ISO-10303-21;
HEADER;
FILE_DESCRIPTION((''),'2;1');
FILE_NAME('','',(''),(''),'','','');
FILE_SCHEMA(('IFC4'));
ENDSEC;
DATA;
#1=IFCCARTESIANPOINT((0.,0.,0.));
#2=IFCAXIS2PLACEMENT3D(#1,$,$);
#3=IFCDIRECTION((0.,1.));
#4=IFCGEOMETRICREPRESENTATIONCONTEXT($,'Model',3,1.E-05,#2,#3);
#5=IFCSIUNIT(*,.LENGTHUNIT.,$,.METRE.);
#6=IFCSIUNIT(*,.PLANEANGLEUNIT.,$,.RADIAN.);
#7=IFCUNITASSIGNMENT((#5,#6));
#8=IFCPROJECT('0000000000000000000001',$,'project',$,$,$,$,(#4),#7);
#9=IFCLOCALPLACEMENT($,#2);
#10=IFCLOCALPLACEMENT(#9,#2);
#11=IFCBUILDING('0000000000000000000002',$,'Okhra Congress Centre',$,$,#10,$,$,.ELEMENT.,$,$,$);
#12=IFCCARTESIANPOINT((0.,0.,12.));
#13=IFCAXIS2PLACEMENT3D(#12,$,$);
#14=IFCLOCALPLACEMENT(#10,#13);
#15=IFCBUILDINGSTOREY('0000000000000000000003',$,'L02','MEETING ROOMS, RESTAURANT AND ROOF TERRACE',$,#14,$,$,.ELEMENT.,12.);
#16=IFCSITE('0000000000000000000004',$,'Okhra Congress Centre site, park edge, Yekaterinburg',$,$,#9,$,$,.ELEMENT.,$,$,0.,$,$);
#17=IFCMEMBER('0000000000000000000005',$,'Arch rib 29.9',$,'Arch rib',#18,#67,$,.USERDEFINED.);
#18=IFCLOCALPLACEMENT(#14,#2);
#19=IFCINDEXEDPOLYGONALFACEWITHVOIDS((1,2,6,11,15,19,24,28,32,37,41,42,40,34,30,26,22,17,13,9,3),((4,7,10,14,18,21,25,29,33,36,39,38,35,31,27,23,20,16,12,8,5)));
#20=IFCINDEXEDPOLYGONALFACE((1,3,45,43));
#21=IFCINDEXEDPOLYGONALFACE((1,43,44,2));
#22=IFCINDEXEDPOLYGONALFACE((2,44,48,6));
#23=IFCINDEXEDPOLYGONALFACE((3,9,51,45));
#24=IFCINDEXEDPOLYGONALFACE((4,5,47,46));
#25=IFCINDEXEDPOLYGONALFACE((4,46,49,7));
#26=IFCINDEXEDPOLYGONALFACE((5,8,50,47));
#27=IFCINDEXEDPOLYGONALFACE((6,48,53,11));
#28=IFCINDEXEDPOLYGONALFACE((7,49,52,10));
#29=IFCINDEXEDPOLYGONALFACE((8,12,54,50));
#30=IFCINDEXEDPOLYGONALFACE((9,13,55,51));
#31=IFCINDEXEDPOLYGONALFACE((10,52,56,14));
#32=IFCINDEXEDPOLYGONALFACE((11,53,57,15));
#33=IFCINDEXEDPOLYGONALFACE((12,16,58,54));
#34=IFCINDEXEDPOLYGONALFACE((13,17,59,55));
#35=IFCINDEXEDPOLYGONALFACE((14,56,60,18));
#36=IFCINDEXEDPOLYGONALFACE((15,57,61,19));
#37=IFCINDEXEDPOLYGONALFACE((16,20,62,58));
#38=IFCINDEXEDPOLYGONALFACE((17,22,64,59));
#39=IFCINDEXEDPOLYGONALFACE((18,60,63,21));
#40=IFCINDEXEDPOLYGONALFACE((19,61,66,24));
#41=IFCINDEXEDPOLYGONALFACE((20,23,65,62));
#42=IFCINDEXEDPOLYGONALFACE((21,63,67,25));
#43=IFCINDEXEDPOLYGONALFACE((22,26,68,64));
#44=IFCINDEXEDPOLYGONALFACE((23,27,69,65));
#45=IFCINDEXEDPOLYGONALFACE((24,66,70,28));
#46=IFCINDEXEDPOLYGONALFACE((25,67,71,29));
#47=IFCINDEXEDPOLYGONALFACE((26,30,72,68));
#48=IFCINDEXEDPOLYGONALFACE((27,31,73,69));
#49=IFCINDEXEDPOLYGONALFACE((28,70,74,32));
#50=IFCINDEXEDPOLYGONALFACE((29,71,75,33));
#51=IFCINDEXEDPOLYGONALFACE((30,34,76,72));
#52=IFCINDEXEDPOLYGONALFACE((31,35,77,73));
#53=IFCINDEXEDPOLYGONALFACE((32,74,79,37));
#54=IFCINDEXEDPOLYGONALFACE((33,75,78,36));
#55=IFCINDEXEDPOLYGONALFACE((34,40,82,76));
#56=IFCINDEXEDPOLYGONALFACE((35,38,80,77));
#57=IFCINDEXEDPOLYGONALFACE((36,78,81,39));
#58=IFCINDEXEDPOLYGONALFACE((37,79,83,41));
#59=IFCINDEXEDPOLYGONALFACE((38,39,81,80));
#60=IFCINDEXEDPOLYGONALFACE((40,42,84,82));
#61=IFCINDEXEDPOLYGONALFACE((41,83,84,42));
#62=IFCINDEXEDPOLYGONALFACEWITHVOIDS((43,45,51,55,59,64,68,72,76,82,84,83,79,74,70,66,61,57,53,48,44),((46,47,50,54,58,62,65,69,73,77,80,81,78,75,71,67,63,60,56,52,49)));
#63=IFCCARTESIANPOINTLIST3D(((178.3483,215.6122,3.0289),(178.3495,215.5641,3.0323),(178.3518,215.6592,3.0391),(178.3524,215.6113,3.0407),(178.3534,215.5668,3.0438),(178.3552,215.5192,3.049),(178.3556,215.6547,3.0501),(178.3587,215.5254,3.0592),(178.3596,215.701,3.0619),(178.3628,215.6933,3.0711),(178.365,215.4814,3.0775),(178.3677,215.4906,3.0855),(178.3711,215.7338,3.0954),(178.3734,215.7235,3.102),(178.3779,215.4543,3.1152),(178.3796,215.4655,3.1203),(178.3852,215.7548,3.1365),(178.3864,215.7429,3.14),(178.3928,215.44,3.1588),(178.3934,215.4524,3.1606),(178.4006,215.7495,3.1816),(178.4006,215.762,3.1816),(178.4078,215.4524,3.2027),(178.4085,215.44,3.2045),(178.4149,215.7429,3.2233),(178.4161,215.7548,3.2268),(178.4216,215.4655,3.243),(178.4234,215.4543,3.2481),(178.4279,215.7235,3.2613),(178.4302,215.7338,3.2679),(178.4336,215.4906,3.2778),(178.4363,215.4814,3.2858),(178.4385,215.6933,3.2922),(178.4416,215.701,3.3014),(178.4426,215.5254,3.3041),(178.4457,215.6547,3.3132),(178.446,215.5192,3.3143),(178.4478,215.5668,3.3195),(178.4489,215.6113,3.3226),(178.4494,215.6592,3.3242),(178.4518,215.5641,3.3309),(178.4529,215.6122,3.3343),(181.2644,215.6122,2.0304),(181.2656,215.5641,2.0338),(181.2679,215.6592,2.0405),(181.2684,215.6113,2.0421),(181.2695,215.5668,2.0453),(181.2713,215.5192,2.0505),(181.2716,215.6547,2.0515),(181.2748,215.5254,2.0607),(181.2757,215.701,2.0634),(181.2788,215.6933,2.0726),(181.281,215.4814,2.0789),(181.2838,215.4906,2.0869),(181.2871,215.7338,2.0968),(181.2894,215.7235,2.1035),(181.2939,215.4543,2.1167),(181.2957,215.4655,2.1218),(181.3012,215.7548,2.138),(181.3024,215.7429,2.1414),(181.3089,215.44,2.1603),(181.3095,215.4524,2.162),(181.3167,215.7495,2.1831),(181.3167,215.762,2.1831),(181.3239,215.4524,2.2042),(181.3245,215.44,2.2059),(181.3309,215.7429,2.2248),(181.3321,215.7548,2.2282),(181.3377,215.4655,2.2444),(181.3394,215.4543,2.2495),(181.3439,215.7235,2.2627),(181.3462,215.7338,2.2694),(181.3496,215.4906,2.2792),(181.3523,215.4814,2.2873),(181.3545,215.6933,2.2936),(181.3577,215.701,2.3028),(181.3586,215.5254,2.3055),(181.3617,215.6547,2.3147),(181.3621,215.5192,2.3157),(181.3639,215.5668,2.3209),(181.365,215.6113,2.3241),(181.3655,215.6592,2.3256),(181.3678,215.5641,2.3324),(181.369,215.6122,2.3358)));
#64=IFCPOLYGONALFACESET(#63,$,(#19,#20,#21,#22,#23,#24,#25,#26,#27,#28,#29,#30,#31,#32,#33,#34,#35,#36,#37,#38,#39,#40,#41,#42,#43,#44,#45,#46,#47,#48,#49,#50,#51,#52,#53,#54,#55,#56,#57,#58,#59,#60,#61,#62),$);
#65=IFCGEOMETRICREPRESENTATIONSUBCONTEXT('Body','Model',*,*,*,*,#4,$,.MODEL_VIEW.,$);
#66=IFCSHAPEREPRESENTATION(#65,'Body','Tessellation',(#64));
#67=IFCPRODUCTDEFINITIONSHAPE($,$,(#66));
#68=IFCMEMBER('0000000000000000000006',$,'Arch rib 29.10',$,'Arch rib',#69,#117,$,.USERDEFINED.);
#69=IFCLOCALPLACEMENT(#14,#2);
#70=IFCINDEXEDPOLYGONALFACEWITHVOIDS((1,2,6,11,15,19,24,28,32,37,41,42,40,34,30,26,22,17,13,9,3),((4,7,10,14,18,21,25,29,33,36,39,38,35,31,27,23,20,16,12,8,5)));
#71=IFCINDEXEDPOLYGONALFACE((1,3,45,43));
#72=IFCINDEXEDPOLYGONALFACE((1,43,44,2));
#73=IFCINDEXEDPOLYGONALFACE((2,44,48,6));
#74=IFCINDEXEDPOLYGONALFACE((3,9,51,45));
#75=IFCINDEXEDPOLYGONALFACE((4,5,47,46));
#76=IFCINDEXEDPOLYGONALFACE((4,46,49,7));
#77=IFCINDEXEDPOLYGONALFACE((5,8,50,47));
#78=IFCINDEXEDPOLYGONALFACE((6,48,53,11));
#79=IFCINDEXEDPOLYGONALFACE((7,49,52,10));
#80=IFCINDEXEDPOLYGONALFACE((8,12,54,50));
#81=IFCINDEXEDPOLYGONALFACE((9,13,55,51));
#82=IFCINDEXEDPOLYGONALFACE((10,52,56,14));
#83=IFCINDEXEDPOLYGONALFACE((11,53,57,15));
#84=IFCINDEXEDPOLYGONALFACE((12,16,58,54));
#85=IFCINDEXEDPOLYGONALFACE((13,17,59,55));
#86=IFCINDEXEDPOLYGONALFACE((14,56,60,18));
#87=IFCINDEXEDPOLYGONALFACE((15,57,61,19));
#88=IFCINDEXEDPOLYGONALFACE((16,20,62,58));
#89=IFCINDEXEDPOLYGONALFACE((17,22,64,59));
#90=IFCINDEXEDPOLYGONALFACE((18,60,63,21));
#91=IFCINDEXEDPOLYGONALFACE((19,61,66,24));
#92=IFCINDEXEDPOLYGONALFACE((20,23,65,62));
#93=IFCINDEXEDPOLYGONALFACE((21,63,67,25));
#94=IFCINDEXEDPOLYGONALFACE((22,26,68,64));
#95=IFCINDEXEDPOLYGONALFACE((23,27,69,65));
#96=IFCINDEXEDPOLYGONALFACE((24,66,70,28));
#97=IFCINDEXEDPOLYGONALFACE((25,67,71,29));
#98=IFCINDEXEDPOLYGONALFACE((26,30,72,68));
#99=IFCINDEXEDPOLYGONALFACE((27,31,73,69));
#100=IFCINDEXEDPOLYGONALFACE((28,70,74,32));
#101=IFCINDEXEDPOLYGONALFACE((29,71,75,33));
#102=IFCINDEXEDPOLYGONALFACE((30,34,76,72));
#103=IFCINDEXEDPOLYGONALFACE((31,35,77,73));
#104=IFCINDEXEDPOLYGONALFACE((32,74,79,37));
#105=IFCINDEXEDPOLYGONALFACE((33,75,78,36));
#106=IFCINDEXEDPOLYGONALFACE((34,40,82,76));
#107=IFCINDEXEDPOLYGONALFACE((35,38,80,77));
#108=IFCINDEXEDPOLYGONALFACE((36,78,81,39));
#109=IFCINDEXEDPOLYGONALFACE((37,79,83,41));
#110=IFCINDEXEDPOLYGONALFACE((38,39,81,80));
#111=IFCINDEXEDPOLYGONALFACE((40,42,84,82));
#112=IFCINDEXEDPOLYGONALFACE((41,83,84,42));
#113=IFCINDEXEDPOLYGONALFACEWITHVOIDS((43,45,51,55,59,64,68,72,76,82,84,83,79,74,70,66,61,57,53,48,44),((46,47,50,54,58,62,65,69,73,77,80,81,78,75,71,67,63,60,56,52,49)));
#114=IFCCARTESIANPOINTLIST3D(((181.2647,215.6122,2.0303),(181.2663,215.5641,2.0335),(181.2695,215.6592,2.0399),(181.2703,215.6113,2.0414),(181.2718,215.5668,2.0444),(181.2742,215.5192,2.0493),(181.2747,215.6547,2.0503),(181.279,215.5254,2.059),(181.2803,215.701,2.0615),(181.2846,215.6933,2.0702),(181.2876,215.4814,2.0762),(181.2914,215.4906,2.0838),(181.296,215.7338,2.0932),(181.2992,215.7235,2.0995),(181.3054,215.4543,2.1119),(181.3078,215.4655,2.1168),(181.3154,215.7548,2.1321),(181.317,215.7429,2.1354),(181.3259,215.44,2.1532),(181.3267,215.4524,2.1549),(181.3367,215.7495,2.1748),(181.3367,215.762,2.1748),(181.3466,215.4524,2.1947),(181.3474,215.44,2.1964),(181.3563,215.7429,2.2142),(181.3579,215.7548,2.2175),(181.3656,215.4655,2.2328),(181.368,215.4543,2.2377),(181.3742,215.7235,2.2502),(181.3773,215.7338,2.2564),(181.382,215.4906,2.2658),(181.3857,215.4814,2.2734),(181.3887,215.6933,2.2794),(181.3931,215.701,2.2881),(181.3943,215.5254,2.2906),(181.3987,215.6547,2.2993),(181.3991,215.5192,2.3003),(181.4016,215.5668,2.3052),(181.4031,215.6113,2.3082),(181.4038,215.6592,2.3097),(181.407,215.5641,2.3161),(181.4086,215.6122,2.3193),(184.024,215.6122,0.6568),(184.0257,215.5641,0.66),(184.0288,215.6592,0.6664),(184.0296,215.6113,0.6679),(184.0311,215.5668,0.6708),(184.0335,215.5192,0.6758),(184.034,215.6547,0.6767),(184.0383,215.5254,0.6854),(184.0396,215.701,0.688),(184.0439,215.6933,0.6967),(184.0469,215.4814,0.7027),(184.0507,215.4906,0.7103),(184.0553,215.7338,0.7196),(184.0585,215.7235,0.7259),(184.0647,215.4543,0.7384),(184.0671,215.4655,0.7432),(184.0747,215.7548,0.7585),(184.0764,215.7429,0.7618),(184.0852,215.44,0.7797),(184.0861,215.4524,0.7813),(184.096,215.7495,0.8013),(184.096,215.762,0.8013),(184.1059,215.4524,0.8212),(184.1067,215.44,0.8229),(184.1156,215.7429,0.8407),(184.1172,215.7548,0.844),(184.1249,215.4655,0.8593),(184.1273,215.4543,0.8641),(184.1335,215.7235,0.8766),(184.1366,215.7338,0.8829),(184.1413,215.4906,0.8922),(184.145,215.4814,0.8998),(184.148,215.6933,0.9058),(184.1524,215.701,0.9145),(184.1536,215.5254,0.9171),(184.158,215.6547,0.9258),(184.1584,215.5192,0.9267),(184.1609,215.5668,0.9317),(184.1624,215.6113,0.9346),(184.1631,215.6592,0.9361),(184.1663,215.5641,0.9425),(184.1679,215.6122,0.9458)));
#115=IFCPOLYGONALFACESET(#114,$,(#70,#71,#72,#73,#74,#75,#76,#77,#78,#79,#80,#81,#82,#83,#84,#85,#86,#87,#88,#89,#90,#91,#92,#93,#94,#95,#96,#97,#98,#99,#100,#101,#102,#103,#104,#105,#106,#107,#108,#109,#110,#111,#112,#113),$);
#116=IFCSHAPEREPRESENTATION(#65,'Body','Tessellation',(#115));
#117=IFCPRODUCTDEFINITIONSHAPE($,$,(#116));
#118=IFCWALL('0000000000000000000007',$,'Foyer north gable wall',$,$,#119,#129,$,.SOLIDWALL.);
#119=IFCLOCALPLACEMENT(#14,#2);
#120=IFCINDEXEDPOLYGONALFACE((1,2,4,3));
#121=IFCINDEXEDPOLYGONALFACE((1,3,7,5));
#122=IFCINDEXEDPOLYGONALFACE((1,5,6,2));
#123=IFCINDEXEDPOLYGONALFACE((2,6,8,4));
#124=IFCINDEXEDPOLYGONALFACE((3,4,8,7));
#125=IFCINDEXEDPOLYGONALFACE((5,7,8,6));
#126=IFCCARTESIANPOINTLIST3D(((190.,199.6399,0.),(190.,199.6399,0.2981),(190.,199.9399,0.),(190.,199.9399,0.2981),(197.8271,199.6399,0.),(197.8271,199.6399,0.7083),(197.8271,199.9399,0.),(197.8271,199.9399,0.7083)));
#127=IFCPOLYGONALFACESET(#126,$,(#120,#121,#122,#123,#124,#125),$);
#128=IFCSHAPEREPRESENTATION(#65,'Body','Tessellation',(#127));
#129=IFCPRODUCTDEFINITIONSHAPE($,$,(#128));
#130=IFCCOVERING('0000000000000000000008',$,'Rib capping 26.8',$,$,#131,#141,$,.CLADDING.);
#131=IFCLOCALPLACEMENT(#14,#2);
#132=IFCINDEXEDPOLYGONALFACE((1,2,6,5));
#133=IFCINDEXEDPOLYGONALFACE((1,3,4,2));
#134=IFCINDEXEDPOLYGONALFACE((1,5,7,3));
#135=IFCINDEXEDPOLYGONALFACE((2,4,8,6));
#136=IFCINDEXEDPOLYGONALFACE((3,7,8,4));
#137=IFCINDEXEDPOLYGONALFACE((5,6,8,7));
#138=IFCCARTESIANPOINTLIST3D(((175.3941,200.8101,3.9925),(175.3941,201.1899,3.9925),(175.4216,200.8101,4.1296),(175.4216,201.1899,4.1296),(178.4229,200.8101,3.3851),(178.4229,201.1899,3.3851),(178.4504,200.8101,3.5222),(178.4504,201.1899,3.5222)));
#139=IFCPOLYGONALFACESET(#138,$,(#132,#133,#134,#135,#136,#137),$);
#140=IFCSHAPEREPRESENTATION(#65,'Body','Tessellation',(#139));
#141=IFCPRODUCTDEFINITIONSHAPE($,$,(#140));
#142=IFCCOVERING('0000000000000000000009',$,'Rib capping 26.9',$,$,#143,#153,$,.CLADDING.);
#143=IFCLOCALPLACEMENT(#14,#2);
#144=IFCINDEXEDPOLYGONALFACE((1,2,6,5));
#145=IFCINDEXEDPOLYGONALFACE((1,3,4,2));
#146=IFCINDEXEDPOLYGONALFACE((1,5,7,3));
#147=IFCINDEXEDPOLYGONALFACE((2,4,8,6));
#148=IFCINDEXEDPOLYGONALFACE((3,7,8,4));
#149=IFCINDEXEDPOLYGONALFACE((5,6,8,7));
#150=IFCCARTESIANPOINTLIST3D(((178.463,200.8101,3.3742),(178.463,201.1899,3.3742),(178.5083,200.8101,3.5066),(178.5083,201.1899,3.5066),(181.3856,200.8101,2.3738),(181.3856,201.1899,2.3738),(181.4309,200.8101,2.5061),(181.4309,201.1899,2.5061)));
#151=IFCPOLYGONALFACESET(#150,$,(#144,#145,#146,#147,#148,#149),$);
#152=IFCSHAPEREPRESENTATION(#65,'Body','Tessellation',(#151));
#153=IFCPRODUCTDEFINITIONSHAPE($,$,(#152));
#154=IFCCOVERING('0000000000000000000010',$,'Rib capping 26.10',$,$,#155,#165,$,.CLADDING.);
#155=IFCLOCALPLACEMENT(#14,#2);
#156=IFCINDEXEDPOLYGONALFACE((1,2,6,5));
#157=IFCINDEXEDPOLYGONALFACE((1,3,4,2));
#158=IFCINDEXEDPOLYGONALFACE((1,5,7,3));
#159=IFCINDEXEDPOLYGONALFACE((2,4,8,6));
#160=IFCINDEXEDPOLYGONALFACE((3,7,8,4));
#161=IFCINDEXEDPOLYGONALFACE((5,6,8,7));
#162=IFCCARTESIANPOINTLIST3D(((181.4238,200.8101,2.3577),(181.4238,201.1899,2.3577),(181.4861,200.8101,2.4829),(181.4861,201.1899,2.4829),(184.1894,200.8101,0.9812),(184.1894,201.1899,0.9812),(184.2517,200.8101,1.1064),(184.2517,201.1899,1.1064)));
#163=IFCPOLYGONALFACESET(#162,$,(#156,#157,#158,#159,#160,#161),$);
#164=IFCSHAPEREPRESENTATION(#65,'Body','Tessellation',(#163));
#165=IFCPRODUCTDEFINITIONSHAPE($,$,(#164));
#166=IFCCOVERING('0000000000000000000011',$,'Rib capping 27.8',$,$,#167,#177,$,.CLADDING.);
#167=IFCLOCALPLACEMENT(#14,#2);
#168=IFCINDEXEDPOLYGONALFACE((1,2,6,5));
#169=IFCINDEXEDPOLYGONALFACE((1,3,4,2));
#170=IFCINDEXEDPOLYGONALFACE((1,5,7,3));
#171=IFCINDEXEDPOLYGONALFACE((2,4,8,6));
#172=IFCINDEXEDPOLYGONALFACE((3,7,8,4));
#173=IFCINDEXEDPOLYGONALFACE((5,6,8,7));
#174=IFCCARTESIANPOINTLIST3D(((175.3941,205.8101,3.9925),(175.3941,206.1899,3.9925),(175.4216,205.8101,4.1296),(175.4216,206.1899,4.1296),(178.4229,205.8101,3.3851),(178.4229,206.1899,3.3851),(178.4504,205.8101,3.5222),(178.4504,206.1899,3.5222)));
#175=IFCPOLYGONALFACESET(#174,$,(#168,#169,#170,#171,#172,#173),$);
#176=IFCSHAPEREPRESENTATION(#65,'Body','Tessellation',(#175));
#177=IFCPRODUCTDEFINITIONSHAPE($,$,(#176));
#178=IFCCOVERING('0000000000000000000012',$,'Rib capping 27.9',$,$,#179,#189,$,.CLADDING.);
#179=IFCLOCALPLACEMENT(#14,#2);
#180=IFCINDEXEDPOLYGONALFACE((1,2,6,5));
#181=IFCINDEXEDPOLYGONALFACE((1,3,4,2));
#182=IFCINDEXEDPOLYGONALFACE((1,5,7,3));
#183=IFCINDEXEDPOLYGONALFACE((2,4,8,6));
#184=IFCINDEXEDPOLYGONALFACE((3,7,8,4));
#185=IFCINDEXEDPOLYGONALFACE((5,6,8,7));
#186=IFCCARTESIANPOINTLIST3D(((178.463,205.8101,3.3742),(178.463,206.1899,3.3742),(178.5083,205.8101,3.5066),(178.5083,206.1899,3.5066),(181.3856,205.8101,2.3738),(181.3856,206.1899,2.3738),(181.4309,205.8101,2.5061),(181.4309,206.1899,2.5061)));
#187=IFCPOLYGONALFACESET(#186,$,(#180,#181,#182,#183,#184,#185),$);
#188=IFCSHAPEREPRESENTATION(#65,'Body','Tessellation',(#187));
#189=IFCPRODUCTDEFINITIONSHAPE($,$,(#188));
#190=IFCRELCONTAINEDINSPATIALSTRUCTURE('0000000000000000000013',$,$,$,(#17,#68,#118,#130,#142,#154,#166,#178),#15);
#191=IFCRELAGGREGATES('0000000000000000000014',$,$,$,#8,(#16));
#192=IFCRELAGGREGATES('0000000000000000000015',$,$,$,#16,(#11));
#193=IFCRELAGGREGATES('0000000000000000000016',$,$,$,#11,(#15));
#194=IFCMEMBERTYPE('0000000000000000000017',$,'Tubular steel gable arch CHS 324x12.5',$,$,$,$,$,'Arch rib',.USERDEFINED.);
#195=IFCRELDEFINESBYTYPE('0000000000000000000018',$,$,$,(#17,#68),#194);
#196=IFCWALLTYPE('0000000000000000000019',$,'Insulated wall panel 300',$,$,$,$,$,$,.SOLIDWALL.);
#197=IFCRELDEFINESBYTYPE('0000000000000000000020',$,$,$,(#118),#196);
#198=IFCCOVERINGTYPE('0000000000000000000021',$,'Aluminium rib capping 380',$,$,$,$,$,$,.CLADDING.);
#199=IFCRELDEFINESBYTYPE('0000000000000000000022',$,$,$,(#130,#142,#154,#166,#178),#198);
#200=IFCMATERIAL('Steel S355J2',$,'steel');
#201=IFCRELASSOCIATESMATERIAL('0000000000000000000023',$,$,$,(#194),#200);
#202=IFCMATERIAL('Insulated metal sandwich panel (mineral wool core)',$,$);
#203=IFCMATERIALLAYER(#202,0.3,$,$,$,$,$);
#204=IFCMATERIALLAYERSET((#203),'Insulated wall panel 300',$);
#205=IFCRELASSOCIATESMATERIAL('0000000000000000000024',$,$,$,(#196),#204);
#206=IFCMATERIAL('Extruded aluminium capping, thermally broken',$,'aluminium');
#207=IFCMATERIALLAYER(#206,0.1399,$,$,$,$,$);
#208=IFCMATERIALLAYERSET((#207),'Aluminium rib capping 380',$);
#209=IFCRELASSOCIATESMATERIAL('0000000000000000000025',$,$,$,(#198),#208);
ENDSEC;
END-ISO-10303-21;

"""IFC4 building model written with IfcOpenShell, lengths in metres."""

from ifc_helpers import new_model, si_unit, direction, frame, origin, origin_2d, place, context, subcontext, project, spatial, polyline, hollow_circle, outline, extrude, material, layer, layer_set, material_profile, profile_set, type_object, element, save


model = new_model("IFC4")

# Units and contexts
model_context = context("Model", 3, precision=1e-05, world=origin(), true_north=direction((0.0, 1.0)))
body_context = subcontext(model_context, "Body", "Model", "MODEL_VIEW")
ifc_project = project(units=[si_unit("LENGTHUNIT", "METRE"), si_unit("PLANEANGLEUNIT", "RADIAN")], contexts=[model_context])

# Site, building, storey
site_placement = place(None, origin())
site = spatial("IfcSite", under=ifc_project, at=site_placement, Name="Okhra Congress Centre site, park edge, Yekaterinburg", CompositionType="ELEMENT", RefElevation=0.0)
building_placement = place(site_placement, origin())
building = spatial("IfcBuilding", under=site, at=building_placement, Name="Okhra Congress Centre", CompositionType="ELEMENT")
storey_placement = place(building_placement, frame((0.0, 0.0, 12.0)))
storey = spatial("IfcBuildingStorey", under=building, at=storey_placement, Name="L02", Description="MEETING ROOMS, RESTAURANT AND ROOF TERRACE", CompositionType="ELEMENT", Elevation=12.0)

# Members
ifc_material_1 = material(Name="Steel S355J2", Category="steel")
ifc_material_profile_1 = material_profile(ifc_material_1, hollow_circle(Radius=0.1619, WallThickness=0.0125, at=origin_2d()), Name="CHS 323.9x12.5")
ifc_profile_set_1 = profile_set([ifc_material_profile_1], Name="Steel S355J2")
member_type_1 = type_object("IfcMemberType", Name="Tubular steel gable arch CHS 324x12.5", ElementType="Arch rib", PredefinedType="USERDEFINED", material=ifc_profile_set_1)
for number, where, z_axis, x_axis, name in (
    (1, (178.4006, 215.6001, 3.1816), (0.946069, 0.0, -0.323964), (0.0, 1.0, 0.0), "Arch rib 29.9"),
    (2, (181.3367, 215.6001, 2.1748), (0.895218, 0.0, -0.445629), (0.0, 1.0, 0.0), "Arch rib 29.10"),
):
    element("IfcMember", number, at=place(storey_placement, frame(where, z_axis=z_axis, x_axis=x_axis)), inside=storey, type_object=member_type_1, Name=name, ObjectType="Arch rib", PredefinedType="USERDEFINED", context=body_context, shape_type="SweptSolid", body=[
        extrude(hollow_circle(Radius=0.1619, WallThickness=0.0125, at=origin_2d()), origin(), (0.0, 0.0, 1.0), 3.0823),
    ])

# Wall
ifc_material_2 = material(Name="Insulated metal sandwich panel (mineral wool core)")
ifc_layer_1 = layer(ifc_material_2, 0.3)
ifc_layer_set_1 = layer_set([ifc_layer_1], Name="Insulated wall panel 300")
wall_type = type_object("IfcWallType", Name="Insulated wall panel 300", PredefinedType="SOLIDWALL", material=ifc_layer_set_1)
wall_placement = place(storey_placement, frame((190.0, 199.79, 0.0), z_axis=(0.0, 0.0, 1.0), x_axis=(1.0, 0.0, 0.0)))
element("IfcWall", 3, at=wall_placement, inside=storey, type_object=wall_type, Name="Foyer north gable wall", PredefinedType="SOLIDWALL", context=body_context, shape_type="SweptSolid", body=[
    extrude(outline(polyline([(0.0, 0.0), (7.8271, 0.0), (7.8271, 0.7083), (0.0, 0.2981), (0.0, 0.0)])), frame((0.0, 0.1499, 0.0), z_axis=(0.0, -1.0, 0.0), x_axis=(1.0, 0.0, 0.0)), (0.0, 0.0, 1.0), 0.3),
])

# Coverings
ifc_material_3 = material(Name="Extruded aluminium capping, thermally broken", Category="aluminium")
ifc_layer_2 = layer(ifc_material_3, 0.1399)
ifc_layer_set_2 = layer_set([ifc_layer_2], Name="Aluminium rib capping 380")
covering_type = type_object("IfcCoveringType", Name="Aluminium rib capping 380", PredefinedType="CLADDING", material=ifc_layer_set_2)
covering_1_placement = place(storey_placement, frame((175.4216, 200.8101, 4.1296), z_axis=(0.196633, 0.0, 0.980477), x_axis=(0.980477, 0.0, -0.196633)))
element("IfcCovering", 4, at=covering_1_placement, inside=storey, type_object=covering_type, Name="Rib capping 26.8", PredefinedType="CLADDING", context=body_context, shape_type="SweptSolid", body=[
    extrude(outline(polyline([(0.0, 0.0), (3.0891, 0.0), (3.0891, 0.3799), (0.0, 0.3799), (0.0, 0.0)])), origin(), (0.0, 0.0, -1.0), 0.1399),
])
covering_2_placement = place(storey_placement, frame((178.5083, 200.8101, 3.5066), z_axis=(0.323876, 0.0, 0.9461), x_axis=(0.9461, 0.0, -0.323876)))
element("IfcCovering", 5, at=covering_2_placement, inside=storey, type_object=covering_type, Name="Rib capping 26.9", PredefinedType="CLADDING", context=body_context, shape_type="SweptSolid", body=[
    extrude(outline(polyline([(0.0, 0.0), (3.0891, 0.0), (3.0891, 0.3799), (0.0, 0.3799), (0.0, 0.0)])), origin(), (0.0, 0.0, -1.0), 0.1399),
])
covering_3_placement = place(storey_placement, frame((181.4861, 200.8101, 2.4829), z_axis=(0.445569, 0.0, 0.895248), x_axis=(0.895248, 0.0, -0.445569)))
element("IfcCovering", 6, at=covering_3_placement, inside=storey, type_object=covering_type, Name="Rib capping 26.10", PredefinedType="CLADDING", context=body_context, shape_type="SweptSolid", body=[
    extrude(outline(polyline([(0.0, 0.0), (3.0892, 0.0), (3.0892, 0.3799), (0.0, 0.3799), (0.0, 0.0)])), origin(), (0.0, 0.0, -1.0), 0.1399),
])
covering_4_placement = place(storey_placement, frame((175.4216, 205.8101, 4.1296), z_axis=(0.196633, 0.0, 0.980477), x_axis=(0.980477, 0.0, -0.196633)))
element("IfcCovering", 7, at=covering_4_placement, inside=storey, type_object=covering_type, Name="Rib capping 27.8", PredefinedType="CLADDING", context=body_context, shape_type="SweptSolid", body=[
    extrude(outline(polyline([(0.0, 0.0), (3.0891, 0.0), (3.0891, 0.3799), (0.0, 0.3799), (0.0, 0.0)])), origin(), (0.0, 0.0, -1.0), 0.1399),
])
covering_5_placement = place(storey_placement, frame((178.5083, 205.8101, 3.5066), z_axis=(0.323876, 0.0, 0.9461), x_axis=(0.9461, 0.0, -0.323876)))
element("IfcCovering", 8, at=covering_5_placement, inside=storey, type_object=covering_type, Name="Rib capping 27.9", PredefinedType="CLADDING", context=body_context, shape_type="SweptSolid", body=[
    extrude(outline(polyline([(0.0, 0.0), (3.0891, 0.0), (3.0891, 0.3799), (0.0, 0.3799), (0.0, 0.0)])), origin(), (0.0, 0.0, -1.0), 0.1399),
])

save(model, "model.ifc")
